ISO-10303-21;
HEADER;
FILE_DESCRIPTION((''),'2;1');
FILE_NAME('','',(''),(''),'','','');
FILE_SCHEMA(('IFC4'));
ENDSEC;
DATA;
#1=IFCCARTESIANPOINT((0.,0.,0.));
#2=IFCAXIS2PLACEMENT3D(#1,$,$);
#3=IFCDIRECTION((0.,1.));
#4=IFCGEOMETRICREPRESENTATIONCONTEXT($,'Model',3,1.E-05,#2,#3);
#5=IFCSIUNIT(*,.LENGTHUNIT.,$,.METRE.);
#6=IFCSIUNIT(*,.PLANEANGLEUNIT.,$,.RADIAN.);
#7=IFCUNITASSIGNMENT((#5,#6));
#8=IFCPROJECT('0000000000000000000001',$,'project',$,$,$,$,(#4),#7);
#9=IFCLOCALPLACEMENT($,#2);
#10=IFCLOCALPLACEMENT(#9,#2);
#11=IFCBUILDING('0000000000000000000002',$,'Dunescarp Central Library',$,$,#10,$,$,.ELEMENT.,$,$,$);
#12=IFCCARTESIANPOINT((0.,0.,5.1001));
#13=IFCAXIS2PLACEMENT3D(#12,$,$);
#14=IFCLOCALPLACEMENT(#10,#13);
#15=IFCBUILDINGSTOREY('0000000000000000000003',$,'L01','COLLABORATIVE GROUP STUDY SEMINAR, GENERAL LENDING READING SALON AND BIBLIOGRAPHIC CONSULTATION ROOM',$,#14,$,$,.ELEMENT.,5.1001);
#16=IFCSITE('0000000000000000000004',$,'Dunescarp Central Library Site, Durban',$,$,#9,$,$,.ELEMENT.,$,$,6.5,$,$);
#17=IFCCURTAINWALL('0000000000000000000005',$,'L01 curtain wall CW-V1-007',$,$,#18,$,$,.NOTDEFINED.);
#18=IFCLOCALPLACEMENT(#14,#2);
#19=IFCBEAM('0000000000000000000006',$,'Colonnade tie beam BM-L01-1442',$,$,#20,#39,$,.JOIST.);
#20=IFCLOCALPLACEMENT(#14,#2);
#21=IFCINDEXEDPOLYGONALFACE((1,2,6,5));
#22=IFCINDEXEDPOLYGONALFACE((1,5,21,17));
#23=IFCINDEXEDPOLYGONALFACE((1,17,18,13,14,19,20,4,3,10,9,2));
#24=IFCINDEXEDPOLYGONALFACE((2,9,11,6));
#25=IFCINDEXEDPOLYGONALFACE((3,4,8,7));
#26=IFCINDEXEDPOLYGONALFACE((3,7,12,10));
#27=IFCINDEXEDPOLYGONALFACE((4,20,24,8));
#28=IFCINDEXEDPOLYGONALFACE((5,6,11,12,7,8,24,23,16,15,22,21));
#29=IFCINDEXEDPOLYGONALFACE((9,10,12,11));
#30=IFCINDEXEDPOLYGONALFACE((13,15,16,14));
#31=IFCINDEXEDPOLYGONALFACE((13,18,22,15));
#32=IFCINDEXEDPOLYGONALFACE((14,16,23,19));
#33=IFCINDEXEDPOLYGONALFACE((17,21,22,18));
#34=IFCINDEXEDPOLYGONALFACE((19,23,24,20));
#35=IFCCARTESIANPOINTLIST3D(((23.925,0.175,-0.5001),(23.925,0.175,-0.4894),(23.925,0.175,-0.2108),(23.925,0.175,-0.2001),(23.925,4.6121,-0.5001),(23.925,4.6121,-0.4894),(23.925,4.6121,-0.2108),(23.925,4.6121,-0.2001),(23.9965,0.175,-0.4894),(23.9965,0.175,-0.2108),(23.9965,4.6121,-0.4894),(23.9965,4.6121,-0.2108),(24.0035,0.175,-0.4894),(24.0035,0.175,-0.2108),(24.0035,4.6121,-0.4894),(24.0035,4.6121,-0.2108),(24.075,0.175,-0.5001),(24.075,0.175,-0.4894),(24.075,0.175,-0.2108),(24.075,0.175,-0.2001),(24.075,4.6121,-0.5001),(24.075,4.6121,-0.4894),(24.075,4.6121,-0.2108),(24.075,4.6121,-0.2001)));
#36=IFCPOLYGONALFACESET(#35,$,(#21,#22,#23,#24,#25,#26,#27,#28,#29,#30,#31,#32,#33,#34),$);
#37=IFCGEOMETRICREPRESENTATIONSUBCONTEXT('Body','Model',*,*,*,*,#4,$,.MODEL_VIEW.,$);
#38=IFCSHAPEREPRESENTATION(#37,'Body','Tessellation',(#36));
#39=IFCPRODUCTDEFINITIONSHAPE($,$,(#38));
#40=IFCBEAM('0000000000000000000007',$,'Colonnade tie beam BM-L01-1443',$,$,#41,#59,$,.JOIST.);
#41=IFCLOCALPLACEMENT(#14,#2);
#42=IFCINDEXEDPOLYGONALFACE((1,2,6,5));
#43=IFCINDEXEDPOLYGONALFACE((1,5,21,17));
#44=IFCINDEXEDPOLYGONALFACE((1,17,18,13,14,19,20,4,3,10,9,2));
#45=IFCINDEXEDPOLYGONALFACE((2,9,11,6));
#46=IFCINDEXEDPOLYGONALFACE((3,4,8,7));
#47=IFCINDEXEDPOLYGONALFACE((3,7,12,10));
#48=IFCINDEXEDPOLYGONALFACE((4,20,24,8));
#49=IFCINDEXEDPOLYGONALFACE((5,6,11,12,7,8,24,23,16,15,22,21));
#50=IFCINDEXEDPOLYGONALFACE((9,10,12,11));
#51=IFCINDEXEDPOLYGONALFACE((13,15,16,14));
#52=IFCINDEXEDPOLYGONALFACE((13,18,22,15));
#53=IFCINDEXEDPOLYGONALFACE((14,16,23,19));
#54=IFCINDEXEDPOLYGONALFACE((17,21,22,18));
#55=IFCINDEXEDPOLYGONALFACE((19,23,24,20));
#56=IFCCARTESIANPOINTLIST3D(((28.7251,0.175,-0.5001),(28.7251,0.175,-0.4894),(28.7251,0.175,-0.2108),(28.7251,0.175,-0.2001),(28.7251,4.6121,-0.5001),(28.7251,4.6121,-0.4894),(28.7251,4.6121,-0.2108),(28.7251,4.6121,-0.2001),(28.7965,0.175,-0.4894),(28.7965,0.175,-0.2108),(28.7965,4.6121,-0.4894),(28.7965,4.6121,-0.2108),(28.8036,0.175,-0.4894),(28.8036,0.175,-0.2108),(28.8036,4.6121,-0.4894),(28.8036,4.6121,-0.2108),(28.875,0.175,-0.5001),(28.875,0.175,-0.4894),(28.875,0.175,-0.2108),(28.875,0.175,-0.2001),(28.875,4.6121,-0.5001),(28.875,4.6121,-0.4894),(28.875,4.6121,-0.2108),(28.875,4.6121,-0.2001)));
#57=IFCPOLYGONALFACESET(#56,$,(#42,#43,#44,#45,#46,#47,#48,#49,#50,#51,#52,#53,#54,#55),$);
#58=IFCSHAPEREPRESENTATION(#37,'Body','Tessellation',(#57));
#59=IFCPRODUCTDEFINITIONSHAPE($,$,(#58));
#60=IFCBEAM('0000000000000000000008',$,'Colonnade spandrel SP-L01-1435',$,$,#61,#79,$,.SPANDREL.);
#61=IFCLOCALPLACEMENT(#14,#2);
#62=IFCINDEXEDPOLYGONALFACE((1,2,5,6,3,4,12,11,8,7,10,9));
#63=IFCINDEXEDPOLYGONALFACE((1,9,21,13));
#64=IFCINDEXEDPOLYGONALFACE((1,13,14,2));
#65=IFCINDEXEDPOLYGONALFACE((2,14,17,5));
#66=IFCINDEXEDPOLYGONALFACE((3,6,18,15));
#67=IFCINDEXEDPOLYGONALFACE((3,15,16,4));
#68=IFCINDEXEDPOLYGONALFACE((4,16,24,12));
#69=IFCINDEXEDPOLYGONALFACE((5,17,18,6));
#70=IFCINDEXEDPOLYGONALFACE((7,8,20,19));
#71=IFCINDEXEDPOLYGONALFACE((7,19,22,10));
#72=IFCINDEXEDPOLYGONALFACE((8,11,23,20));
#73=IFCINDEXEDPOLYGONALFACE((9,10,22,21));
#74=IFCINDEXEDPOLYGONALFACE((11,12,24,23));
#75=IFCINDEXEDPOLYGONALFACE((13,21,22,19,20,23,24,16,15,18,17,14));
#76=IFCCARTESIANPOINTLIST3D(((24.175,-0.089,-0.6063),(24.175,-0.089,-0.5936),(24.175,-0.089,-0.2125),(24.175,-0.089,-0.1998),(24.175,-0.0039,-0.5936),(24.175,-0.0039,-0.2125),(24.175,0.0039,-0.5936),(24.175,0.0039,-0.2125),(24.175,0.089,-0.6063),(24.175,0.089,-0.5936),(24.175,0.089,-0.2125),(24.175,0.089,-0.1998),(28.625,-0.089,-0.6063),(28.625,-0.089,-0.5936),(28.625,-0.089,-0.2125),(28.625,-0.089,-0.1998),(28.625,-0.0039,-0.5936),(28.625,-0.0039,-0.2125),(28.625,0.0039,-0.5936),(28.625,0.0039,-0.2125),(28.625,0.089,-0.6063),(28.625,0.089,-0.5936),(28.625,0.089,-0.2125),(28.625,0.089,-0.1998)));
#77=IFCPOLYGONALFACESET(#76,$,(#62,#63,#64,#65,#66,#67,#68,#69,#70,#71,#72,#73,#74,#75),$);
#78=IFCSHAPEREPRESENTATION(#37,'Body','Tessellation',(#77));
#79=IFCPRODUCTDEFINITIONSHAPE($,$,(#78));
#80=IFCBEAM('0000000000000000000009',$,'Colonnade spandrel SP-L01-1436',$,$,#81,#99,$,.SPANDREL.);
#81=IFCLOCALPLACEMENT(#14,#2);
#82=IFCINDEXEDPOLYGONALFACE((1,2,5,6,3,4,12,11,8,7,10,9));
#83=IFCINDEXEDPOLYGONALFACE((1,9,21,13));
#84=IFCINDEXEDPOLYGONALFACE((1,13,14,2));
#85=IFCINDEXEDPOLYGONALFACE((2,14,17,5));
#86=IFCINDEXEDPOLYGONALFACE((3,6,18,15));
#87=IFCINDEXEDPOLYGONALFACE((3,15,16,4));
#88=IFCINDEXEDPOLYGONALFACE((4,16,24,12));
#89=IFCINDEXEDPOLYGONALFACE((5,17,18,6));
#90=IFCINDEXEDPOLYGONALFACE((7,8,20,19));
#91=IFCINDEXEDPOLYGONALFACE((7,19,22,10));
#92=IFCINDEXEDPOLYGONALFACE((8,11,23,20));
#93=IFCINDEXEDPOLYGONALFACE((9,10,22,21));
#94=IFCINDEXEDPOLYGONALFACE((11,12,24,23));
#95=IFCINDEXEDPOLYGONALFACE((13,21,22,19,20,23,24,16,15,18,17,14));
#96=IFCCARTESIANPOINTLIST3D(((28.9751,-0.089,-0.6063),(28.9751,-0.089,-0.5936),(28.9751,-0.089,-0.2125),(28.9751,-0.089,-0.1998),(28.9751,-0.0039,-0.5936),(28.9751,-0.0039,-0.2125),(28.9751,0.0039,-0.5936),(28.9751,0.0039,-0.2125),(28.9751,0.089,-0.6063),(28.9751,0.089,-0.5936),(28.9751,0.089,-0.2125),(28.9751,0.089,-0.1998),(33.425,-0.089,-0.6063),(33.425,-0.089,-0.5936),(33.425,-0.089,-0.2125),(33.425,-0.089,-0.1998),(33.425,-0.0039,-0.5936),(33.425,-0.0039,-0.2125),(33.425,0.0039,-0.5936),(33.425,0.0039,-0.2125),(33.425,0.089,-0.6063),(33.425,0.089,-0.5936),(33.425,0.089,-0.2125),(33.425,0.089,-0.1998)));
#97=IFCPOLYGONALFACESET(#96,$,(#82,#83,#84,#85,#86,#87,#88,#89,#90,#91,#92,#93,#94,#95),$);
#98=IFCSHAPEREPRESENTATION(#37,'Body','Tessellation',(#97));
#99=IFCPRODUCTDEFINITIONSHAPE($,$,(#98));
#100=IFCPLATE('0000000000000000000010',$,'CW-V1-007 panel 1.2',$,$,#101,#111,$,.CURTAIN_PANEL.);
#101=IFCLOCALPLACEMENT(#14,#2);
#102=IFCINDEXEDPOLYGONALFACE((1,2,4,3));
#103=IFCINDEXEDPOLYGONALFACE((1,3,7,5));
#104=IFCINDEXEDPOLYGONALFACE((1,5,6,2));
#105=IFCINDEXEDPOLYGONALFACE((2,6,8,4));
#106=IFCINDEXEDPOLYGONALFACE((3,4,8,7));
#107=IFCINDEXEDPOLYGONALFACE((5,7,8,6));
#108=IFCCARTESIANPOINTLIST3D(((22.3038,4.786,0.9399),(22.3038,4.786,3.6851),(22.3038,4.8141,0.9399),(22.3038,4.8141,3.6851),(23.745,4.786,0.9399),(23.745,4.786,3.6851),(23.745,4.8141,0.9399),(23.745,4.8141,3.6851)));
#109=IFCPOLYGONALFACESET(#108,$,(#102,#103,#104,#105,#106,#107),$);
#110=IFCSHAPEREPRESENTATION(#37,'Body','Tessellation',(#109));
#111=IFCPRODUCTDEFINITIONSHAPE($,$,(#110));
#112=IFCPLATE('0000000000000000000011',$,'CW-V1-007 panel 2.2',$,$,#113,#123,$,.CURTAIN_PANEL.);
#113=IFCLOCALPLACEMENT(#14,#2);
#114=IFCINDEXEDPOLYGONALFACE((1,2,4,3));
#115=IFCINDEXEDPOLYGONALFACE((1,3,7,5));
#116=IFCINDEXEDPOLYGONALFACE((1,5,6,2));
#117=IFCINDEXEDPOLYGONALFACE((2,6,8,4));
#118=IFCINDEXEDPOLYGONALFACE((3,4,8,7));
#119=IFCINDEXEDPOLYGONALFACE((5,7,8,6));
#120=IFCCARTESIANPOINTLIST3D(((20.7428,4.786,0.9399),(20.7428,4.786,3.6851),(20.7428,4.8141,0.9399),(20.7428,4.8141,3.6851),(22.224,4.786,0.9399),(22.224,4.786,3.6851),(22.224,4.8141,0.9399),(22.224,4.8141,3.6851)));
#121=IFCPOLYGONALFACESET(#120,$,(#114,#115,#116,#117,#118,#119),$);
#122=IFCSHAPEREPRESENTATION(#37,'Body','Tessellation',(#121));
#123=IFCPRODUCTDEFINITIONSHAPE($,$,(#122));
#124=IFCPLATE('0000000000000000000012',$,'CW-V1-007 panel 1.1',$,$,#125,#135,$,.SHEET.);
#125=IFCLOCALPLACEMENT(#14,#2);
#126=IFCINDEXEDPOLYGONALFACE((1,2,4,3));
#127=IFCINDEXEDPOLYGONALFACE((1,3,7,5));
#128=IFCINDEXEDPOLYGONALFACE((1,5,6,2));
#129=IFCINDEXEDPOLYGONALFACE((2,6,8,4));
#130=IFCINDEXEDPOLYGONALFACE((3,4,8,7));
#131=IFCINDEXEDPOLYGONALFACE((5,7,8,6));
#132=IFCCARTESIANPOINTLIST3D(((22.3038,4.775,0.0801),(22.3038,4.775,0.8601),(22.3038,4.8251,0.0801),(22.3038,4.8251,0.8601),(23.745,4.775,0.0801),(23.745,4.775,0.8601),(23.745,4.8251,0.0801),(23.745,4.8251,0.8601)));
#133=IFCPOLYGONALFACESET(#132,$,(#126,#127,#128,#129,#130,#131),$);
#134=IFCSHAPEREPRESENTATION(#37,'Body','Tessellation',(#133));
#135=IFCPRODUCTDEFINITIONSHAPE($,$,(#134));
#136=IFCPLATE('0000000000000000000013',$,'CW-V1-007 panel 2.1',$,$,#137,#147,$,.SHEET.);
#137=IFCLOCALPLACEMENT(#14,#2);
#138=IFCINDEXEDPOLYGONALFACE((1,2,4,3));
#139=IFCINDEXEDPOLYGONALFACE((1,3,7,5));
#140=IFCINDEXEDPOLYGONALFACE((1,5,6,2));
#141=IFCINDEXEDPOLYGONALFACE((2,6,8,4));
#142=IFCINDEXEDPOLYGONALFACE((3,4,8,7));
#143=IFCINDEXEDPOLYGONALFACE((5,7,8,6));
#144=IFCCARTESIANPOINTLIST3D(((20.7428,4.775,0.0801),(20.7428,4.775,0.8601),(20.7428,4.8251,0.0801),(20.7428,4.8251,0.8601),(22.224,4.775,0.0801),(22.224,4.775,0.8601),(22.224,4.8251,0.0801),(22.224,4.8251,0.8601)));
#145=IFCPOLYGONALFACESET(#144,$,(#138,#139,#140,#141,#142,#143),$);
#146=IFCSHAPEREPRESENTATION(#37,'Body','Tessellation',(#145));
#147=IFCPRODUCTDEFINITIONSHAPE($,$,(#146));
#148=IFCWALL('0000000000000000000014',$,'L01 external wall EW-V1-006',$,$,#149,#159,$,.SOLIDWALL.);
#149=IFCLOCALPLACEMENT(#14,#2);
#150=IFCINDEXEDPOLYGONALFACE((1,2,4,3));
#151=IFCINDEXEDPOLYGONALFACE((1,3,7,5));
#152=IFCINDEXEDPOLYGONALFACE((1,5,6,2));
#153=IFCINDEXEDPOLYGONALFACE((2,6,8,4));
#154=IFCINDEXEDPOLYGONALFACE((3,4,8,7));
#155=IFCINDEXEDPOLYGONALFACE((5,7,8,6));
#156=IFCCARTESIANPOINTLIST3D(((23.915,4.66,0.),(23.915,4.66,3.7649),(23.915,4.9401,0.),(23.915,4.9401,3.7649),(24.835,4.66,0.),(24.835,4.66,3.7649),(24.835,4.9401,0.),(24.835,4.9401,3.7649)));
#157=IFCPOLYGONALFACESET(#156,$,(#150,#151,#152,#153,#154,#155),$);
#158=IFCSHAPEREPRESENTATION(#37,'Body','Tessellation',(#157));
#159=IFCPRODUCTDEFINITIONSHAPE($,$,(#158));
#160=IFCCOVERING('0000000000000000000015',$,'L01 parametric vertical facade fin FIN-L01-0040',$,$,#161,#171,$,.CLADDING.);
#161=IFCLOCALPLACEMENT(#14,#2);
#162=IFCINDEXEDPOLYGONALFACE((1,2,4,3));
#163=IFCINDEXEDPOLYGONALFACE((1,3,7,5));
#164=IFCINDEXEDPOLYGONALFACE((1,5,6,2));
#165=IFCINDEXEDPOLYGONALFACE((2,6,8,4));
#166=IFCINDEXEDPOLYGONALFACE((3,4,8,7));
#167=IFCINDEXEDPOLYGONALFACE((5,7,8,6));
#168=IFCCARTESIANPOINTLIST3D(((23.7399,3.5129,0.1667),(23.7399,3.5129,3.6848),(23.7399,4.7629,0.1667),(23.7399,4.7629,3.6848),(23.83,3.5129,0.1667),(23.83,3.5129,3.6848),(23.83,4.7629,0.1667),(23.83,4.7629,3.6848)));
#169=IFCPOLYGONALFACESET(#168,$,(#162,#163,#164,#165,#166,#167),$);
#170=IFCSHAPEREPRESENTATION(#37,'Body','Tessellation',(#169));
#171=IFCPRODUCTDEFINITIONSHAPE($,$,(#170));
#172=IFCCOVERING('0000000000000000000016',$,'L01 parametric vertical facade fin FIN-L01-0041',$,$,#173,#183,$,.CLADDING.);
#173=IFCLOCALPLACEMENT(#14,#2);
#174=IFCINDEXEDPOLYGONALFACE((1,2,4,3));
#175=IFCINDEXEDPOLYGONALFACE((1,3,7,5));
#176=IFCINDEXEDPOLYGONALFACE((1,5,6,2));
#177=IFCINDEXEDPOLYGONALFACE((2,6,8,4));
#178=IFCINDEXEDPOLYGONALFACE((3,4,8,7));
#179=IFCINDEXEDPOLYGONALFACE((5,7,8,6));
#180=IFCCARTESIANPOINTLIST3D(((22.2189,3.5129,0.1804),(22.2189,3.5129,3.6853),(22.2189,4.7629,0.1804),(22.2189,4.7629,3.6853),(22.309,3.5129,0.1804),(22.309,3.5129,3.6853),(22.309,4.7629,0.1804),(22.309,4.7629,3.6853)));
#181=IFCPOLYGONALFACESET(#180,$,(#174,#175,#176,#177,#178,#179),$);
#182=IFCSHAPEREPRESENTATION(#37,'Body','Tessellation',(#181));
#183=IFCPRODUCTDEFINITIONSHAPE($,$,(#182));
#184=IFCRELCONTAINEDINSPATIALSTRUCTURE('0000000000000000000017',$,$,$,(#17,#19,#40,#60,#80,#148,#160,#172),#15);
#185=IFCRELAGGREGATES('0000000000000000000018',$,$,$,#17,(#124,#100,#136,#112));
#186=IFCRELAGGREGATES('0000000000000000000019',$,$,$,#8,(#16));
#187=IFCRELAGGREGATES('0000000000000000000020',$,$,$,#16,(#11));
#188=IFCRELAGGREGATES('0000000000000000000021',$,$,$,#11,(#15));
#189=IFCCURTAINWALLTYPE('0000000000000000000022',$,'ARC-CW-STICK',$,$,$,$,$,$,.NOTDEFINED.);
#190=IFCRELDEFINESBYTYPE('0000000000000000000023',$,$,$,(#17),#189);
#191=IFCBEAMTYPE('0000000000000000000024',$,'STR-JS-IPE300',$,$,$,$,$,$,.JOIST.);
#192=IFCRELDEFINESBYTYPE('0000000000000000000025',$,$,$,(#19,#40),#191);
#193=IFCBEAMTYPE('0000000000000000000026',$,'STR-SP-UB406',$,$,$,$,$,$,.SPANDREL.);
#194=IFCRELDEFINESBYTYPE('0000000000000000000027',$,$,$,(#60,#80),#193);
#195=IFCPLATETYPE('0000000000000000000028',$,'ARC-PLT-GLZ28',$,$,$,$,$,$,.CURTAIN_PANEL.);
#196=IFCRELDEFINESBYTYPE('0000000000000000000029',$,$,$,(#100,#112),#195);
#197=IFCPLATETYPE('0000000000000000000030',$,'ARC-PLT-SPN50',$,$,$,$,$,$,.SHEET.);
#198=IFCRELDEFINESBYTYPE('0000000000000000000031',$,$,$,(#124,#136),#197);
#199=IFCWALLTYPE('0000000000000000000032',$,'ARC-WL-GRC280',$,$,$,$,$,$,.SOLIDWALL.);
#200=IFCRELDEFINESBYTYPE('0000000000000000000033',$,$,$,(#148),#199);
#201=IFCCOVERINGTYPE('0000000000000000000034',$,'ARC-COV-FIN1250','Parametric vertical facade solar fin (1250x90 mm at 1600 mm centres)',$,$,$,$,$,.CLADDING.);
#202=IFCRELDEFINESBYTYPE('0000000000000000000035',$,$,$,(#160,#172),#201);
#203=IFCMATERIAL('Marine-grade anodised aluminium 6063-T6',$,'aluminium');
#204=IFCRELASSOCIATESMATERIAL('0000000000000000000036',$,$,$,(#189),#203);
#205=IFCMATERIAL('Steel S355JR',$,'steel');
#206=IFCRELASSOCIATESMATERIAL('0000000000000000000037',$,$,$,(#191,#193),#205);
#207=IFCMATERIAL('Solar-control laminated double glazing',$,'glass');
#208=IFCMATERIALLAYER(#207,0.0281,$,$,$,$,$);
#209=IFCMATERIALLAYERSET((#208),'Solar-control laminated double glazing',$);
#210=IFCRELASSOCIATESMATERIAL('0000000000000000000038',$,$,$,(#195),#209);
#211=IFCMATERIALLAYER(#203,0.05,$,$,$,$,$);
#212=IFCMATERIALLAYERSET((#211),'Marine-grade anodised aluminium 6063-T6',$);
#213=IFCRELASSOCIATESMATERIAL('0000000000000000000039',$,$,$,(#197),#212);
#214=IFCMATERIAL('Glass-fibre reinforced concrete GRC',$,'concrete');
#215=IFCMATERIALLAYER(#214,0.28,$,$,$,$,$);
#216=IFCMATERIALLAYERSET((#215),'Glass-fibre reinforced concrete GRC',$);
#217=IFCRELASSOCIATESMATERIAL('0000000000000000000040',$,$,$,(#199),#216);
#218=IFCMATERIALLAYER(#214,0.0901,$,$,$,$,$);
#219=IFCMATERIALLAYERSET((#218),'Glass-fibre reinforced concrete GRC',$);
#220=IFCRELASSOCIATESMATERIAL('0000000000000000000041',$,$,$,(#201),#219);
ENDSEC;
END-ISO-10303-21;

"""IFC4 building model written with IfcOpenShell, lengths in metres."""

from ifc_helpers import new_model, si_unit, direction, frame, frame_2d, origin, origin_2d, place, context, subcontext, project, spatial, rectangle, i_section, extrude, material, layer, layer_set, material_profile, profile_set, type_object, element, aggregate, save


model = new_model("IFC4")

# Units and contexts
model_context = context("Model", 3, precision=1e-05, world=origin(), true_north=direction((0.0, 1.0)))
body_context = subcontext(model_context, "Body", "Model", "MODEL_VIEW")
ifc_project = project(units=[si_unit("LENGTHUNIT", "METRE"), si_unit("PLANEANGLEUNIT", "RADIAN")], contexts=[model_context])

# Site, building, storey
site_placement = place(None, origin())
site = spatial("IfcSite", under=ifc_project, at=site_placement, Name="Dunescarp Central Library Site, Durban", CompositionType="ELEMENT", RefElevation=6.5)
building_placement = place(site_placement, origin())
building = spatial("IfcBuilding", under=site, at=building_placement, Name="Dunescarp Central Library", CompositionType="ELEMENT")
storey_placement = place(building_placement, frame((0.0, 0.0, 5.1001)))
storey = spatial("IfcBuildingStorey", under=building, at=storey_placement, Name="L01", Description="COLLABORATIVE GROUP STUDY SEMINAR, GENERAL LENDING READING SALON AND BIBLIOGRAPHIC CONSULTATION ROOM", CompositionType="ELEMENT", Elevation=5.1001)

# Shared definitions
ifc_material_1 = material(Name="Steel S355JR", Category="steel")

# Curtain wall
ifc_material_2 = material(Name="Marine-grade anodised aluminium 6063-T6", Category="aluminium")
curtain_wall_type = type_object("IfcCurtainWallType", Name="ARC-CW-STICK", PredefinedType="NOTDEFINED", material=ifc_material_2)
curtain_wall_placement = place(storey_placement, origin())
curtain_wall = element("IfcCurtainWall", 1, at=curtain_wall_placement, inside=storey, type_object=curtain_wall_type, Name="L01 curtain wall CW-V1-007", PredefinedType="NOTDEFINED")

# Beams
ifc_material_profile_1 = material_profile(ifc_material_1, i_section(OverallWidth=0.1499, OverallDepth=0.3, WebThickness=0.0071, FlangeThickness=0.0107, at=origin_2d()), Name="IPE 300")
ifc_profile_set_1 = profile_set([ifc_material_profile_1], Name="Steel S355JR")
beam_type_1 = type_object("IfcBeamType", Name="STR-JS-IPE300", PredefinedType="JOIST", material=ifc_profile_set_1)
for number, where, z_axis, x_axis, name in (
    (2, (24.0, 0.175, -0.3501), (0.0, 1.0, 0.0), (-1.0, 0.0, 0.0), "Colonnade tie beam BM-L01-1442"),
    (3, (28.8, 0.175, -0.3501), (0.0, 1.0, 0.0), (-1.0, 0.0, 0.0), "Colonnade tie beam BM-L01-1443"),
):
    element("IfcBeam", number, at=place(storey_placement, frame(where, z_axis=z_axis, x_axis=x_axis)), inside=storey, type_object=beam_type_1, Name=name, PredefinedType="JOIST", context=body_context, shape_type="SweptSolid", body=[
        extrude(i_section(OverallWidth=0.1499, OverallDepth=0.3, WebThickness=0.0071, FlangeThickness=0.0107, at=origin_2d()), origin(), (0.0, 0.0, 1.0), 4.437),
    ])
ifc_material_profile_2 = material_profile(ifc_material_1, i_section(OverallWidth=0.178, OverallDepth=0.4065, WebThickness=0.0078, FlangeThickness=0.0127, at=origin_2d()), Name="UB 406x178x60")
ifc_profile_set_2 = profile_set([ifc_material_profile_2], Name="Steel S355JR")
beam_type_2 = type_object("IfcBeamType", Name="STR-SP-UB406", PredefinedType="SPANDREL", material=ifc_profile_set_2)
for number, where, z_axis, x_axis, name in (
    (4, (24.175, 0.0, -0.4031), (1.0, 0.0, 0.0), (0.0, 1.0, 0.0), "Colonnade spandrel SP-L01-1435"),
    (5, (28.9751, 0.0, -0.4031), (1.0, 0.0, 0.0), (0.0, 1.0, 0.0), "Colonnade spandrel SP-L01-1436"),
):
    element("IfcBeam", number, at=place(storey_placement, frame(where, z_axis=z_axis, x_axis=x_axis)), inside=storey, type_object=beam_type_2, Name=name, PredefinedType="SPANDREL", context=body_context, shape_type="SweptSolid", body=[
        extrude(i_section(OverallWidth=0.178, OverallDepth=0.4065, WebThickness=0.0078, FlangeThickness=0.0127, at=origin_2d()), origin(), (0.0, 0.0, 1.0), 4.45),
    ])

# Plates
ifc_material_3 = material(Name="Solar-control laminated double glazing", Category="glass")
ifc_layer_1 = layer(ifc_material_3, 0.0281)
ifc_layer_set_1 = layer_set([ifc_layer_1], Name="Solar-control laminated double glazing")
plate_type_1 = type_object("IfcPlateType", Name="ARC-PLT-GLZ28", PredefinedType="CURTAIN_PANEL", material=ifc_layer_set_1)
plate_1_placement = place(storey_placement, frame((23.0244, 4.8, 0.9399), z_axis=(0.0, 0.0, 1.0), x_axis=(-1.0, 0.0, 0.0)))
plate_1 = element("IfcPlate", 6, at=plate_1_placement, type_object=plate_type_1, Name="CW-V1-007 panel 1.2", PredefinedType="CURTAIN_PANEL", context=body_context, shape_type="SweptSolid", body=[
    extrude(rectangle(XDim=1.4412, YDim=0.0281, at=origin_2d()), origin(), (0.0, 0.0, 1.0), 2.7451),
])
plate_2_placement = place(storey_placement, frame((21.4834, 4.8, 0.9399), z_axis=(0.0, 0.0, 1.0), x_axis=(-1.0, 0.0, 0.0)))
plate_2 = element("IfcPlate", 7, at=plate_2_placement, type_object=plate_type_1, Name="CW-V1-007 panel 2.2", PredefinedType="CURTAIN_PANEL", context=body_context, shape_type="SweptSolid", body=[
    extrude(rectangle(XDim=1.4812, YDim=0.0281, at=origin_2d()), origin(), (0.0, 0.0, 1.0), 2.7451),
])
ifc_layer_2 = layer(ifc_material_2, 0.05)
ifc_layer_set_2 = layer_set([ifc_layer_2], Name="Marine-grade anodised aluminium 6063-T6")
plate_type_2 = type_object("IfcPlateType", Name="ARC-PLT-SPN50", PredefinedType="SHEET", material=ifc_layer_set_2)
plate_3_placement = place(storey_placement, frame((23.0244, 4.8, 0.0801), z_axis=(0.0, 0.0, 1.0), x_axis=(-1.0, 0.0, 0.0)))
plate_3 = element("IfcPlate", 8, at=plate_3_placement, type_object=plate_type_2, Name="CW-V1-007 panel 1.1", PredefinedType="SHEET", context=body_context, shape_type="SweptSolid", body=[
    extrude(rectangle(XDim=1.4412, YDim=0.05, at=origin_2d()), origin(), (0.0, 0.0, 1.0), 0.78),
])
plate_4_placement = place(storey_placement, frame((21.4834, 4.8, 0.0801), z_axis=(0.0, 0.0, 1.0), x_axis=(-1.0, 0.0, 0.0)))
plate_4 = element("IfcPlate", 9, at=plate_4_placement, type_object=plate_type_2, Name="CW-V1-007 panel 2.1", PredefinedType="SHEET", context=body_context, shape_type="SweptSolid", body=[
    extrude(rectangle(XDim=1.4812, YDim=0.05, at=origin_2d()), origin(), (0.0, 0.0, 1.0), 0.78),
])
aggregate(curtain_wall, [plate_3, plate_1, plate_4, plate_2])

# Wall
ifc_material_4 = material(Name="Glass-fibre reinforced concrete GRC", Category="concrete")
ifc_layer_3 = layer(ifc_material_4, 0.28)
ifc_layer_set_3 = layer_set([ifc_layer_3], Name="Glass-fibre reinforced concrete GRC")
wall_type = type_object("IfcWallType", Name="ARC-WL-GRC280", PredefinedType="SOLIDWALL", material=ifc_layer_set_3)
wall_placement = place(storey_placement, frame((24.835, 4.8, 0.0), z_axis=(0.0, 0.0, 1.0), x_axis=(-1.0, 0.0, 0.0)))
element("IfcWall", 10, at=wall_placement, inside=storey, type_object=wall_type, Name="L01 external wall EW-V1-006", PredefinedType="SOLIDWALL", context=body_context, shape_type="SweptSolid", body=[
    extrude(rectangle(XDim=0.9199, YDim=0.28, at=frame_2d((0.46, 0.0))), origin(), (0.0, 0.0, 1.0), 3.7649),
])

# Coverings
ifc_layer_4 = layer(ifc_material_4, 0.0901)
ifc_layer_set_4 = layer_set([ifc_layer_4], Name="Glass-fibre reinforced concrete GRC")
covering_type = type_object("IfcCoveringType", Name="ARC-COV-FIN1250", Description="Parametric vertical facade solar fin (1250x90 mm at 1600 mm centres)", PredefinedType="CLADDING", material=ifc_layer_set_4)
covering_1_placement = place(storey_placement, frame((23.7849, 4.1379, 0.1667), z_axis=(0.0, 0.0, 1.0), x_axis=(0.0, -1.0, 0.0)))
element("IfcCovering", 11, at=covering_1_placement, inside=storey, type_object=covering_type, Name="L01 parametric vertical facade fin FIN-L01-0040", PredefinedType="CLADDING", context=body_context, shape_type="SweptSolid", body=[
    extrude(rectangle(XDim=1.25, YDim=0.0901, at=origin_2d()), origin(), (0.0, 0.0, 1.0), 3.5181),
])
covering_2_placement = place(storey_placement, frame((22.2639, 4.1379, 0.1804), z_axis=(0.0, 0.0, 1.0), x_axis=(0.0, -1.0, 0.0)))
element("IfcCovering", 12, at=covering_2_placement, inside=storey, type_object=covering_type, Name="L01 parametric vertical facade fin FIN-L01-0041", PredefinedType="CLADDING", context=body_context, shape_type="SweptSolid", body=[
    extrude(rectangle(XDim=1.25, YDim=0.0901, at=origin_2d()), origin(), (0.0, 0.0, 1.0), 3.5049),
])

save(model, "model.ifc")
